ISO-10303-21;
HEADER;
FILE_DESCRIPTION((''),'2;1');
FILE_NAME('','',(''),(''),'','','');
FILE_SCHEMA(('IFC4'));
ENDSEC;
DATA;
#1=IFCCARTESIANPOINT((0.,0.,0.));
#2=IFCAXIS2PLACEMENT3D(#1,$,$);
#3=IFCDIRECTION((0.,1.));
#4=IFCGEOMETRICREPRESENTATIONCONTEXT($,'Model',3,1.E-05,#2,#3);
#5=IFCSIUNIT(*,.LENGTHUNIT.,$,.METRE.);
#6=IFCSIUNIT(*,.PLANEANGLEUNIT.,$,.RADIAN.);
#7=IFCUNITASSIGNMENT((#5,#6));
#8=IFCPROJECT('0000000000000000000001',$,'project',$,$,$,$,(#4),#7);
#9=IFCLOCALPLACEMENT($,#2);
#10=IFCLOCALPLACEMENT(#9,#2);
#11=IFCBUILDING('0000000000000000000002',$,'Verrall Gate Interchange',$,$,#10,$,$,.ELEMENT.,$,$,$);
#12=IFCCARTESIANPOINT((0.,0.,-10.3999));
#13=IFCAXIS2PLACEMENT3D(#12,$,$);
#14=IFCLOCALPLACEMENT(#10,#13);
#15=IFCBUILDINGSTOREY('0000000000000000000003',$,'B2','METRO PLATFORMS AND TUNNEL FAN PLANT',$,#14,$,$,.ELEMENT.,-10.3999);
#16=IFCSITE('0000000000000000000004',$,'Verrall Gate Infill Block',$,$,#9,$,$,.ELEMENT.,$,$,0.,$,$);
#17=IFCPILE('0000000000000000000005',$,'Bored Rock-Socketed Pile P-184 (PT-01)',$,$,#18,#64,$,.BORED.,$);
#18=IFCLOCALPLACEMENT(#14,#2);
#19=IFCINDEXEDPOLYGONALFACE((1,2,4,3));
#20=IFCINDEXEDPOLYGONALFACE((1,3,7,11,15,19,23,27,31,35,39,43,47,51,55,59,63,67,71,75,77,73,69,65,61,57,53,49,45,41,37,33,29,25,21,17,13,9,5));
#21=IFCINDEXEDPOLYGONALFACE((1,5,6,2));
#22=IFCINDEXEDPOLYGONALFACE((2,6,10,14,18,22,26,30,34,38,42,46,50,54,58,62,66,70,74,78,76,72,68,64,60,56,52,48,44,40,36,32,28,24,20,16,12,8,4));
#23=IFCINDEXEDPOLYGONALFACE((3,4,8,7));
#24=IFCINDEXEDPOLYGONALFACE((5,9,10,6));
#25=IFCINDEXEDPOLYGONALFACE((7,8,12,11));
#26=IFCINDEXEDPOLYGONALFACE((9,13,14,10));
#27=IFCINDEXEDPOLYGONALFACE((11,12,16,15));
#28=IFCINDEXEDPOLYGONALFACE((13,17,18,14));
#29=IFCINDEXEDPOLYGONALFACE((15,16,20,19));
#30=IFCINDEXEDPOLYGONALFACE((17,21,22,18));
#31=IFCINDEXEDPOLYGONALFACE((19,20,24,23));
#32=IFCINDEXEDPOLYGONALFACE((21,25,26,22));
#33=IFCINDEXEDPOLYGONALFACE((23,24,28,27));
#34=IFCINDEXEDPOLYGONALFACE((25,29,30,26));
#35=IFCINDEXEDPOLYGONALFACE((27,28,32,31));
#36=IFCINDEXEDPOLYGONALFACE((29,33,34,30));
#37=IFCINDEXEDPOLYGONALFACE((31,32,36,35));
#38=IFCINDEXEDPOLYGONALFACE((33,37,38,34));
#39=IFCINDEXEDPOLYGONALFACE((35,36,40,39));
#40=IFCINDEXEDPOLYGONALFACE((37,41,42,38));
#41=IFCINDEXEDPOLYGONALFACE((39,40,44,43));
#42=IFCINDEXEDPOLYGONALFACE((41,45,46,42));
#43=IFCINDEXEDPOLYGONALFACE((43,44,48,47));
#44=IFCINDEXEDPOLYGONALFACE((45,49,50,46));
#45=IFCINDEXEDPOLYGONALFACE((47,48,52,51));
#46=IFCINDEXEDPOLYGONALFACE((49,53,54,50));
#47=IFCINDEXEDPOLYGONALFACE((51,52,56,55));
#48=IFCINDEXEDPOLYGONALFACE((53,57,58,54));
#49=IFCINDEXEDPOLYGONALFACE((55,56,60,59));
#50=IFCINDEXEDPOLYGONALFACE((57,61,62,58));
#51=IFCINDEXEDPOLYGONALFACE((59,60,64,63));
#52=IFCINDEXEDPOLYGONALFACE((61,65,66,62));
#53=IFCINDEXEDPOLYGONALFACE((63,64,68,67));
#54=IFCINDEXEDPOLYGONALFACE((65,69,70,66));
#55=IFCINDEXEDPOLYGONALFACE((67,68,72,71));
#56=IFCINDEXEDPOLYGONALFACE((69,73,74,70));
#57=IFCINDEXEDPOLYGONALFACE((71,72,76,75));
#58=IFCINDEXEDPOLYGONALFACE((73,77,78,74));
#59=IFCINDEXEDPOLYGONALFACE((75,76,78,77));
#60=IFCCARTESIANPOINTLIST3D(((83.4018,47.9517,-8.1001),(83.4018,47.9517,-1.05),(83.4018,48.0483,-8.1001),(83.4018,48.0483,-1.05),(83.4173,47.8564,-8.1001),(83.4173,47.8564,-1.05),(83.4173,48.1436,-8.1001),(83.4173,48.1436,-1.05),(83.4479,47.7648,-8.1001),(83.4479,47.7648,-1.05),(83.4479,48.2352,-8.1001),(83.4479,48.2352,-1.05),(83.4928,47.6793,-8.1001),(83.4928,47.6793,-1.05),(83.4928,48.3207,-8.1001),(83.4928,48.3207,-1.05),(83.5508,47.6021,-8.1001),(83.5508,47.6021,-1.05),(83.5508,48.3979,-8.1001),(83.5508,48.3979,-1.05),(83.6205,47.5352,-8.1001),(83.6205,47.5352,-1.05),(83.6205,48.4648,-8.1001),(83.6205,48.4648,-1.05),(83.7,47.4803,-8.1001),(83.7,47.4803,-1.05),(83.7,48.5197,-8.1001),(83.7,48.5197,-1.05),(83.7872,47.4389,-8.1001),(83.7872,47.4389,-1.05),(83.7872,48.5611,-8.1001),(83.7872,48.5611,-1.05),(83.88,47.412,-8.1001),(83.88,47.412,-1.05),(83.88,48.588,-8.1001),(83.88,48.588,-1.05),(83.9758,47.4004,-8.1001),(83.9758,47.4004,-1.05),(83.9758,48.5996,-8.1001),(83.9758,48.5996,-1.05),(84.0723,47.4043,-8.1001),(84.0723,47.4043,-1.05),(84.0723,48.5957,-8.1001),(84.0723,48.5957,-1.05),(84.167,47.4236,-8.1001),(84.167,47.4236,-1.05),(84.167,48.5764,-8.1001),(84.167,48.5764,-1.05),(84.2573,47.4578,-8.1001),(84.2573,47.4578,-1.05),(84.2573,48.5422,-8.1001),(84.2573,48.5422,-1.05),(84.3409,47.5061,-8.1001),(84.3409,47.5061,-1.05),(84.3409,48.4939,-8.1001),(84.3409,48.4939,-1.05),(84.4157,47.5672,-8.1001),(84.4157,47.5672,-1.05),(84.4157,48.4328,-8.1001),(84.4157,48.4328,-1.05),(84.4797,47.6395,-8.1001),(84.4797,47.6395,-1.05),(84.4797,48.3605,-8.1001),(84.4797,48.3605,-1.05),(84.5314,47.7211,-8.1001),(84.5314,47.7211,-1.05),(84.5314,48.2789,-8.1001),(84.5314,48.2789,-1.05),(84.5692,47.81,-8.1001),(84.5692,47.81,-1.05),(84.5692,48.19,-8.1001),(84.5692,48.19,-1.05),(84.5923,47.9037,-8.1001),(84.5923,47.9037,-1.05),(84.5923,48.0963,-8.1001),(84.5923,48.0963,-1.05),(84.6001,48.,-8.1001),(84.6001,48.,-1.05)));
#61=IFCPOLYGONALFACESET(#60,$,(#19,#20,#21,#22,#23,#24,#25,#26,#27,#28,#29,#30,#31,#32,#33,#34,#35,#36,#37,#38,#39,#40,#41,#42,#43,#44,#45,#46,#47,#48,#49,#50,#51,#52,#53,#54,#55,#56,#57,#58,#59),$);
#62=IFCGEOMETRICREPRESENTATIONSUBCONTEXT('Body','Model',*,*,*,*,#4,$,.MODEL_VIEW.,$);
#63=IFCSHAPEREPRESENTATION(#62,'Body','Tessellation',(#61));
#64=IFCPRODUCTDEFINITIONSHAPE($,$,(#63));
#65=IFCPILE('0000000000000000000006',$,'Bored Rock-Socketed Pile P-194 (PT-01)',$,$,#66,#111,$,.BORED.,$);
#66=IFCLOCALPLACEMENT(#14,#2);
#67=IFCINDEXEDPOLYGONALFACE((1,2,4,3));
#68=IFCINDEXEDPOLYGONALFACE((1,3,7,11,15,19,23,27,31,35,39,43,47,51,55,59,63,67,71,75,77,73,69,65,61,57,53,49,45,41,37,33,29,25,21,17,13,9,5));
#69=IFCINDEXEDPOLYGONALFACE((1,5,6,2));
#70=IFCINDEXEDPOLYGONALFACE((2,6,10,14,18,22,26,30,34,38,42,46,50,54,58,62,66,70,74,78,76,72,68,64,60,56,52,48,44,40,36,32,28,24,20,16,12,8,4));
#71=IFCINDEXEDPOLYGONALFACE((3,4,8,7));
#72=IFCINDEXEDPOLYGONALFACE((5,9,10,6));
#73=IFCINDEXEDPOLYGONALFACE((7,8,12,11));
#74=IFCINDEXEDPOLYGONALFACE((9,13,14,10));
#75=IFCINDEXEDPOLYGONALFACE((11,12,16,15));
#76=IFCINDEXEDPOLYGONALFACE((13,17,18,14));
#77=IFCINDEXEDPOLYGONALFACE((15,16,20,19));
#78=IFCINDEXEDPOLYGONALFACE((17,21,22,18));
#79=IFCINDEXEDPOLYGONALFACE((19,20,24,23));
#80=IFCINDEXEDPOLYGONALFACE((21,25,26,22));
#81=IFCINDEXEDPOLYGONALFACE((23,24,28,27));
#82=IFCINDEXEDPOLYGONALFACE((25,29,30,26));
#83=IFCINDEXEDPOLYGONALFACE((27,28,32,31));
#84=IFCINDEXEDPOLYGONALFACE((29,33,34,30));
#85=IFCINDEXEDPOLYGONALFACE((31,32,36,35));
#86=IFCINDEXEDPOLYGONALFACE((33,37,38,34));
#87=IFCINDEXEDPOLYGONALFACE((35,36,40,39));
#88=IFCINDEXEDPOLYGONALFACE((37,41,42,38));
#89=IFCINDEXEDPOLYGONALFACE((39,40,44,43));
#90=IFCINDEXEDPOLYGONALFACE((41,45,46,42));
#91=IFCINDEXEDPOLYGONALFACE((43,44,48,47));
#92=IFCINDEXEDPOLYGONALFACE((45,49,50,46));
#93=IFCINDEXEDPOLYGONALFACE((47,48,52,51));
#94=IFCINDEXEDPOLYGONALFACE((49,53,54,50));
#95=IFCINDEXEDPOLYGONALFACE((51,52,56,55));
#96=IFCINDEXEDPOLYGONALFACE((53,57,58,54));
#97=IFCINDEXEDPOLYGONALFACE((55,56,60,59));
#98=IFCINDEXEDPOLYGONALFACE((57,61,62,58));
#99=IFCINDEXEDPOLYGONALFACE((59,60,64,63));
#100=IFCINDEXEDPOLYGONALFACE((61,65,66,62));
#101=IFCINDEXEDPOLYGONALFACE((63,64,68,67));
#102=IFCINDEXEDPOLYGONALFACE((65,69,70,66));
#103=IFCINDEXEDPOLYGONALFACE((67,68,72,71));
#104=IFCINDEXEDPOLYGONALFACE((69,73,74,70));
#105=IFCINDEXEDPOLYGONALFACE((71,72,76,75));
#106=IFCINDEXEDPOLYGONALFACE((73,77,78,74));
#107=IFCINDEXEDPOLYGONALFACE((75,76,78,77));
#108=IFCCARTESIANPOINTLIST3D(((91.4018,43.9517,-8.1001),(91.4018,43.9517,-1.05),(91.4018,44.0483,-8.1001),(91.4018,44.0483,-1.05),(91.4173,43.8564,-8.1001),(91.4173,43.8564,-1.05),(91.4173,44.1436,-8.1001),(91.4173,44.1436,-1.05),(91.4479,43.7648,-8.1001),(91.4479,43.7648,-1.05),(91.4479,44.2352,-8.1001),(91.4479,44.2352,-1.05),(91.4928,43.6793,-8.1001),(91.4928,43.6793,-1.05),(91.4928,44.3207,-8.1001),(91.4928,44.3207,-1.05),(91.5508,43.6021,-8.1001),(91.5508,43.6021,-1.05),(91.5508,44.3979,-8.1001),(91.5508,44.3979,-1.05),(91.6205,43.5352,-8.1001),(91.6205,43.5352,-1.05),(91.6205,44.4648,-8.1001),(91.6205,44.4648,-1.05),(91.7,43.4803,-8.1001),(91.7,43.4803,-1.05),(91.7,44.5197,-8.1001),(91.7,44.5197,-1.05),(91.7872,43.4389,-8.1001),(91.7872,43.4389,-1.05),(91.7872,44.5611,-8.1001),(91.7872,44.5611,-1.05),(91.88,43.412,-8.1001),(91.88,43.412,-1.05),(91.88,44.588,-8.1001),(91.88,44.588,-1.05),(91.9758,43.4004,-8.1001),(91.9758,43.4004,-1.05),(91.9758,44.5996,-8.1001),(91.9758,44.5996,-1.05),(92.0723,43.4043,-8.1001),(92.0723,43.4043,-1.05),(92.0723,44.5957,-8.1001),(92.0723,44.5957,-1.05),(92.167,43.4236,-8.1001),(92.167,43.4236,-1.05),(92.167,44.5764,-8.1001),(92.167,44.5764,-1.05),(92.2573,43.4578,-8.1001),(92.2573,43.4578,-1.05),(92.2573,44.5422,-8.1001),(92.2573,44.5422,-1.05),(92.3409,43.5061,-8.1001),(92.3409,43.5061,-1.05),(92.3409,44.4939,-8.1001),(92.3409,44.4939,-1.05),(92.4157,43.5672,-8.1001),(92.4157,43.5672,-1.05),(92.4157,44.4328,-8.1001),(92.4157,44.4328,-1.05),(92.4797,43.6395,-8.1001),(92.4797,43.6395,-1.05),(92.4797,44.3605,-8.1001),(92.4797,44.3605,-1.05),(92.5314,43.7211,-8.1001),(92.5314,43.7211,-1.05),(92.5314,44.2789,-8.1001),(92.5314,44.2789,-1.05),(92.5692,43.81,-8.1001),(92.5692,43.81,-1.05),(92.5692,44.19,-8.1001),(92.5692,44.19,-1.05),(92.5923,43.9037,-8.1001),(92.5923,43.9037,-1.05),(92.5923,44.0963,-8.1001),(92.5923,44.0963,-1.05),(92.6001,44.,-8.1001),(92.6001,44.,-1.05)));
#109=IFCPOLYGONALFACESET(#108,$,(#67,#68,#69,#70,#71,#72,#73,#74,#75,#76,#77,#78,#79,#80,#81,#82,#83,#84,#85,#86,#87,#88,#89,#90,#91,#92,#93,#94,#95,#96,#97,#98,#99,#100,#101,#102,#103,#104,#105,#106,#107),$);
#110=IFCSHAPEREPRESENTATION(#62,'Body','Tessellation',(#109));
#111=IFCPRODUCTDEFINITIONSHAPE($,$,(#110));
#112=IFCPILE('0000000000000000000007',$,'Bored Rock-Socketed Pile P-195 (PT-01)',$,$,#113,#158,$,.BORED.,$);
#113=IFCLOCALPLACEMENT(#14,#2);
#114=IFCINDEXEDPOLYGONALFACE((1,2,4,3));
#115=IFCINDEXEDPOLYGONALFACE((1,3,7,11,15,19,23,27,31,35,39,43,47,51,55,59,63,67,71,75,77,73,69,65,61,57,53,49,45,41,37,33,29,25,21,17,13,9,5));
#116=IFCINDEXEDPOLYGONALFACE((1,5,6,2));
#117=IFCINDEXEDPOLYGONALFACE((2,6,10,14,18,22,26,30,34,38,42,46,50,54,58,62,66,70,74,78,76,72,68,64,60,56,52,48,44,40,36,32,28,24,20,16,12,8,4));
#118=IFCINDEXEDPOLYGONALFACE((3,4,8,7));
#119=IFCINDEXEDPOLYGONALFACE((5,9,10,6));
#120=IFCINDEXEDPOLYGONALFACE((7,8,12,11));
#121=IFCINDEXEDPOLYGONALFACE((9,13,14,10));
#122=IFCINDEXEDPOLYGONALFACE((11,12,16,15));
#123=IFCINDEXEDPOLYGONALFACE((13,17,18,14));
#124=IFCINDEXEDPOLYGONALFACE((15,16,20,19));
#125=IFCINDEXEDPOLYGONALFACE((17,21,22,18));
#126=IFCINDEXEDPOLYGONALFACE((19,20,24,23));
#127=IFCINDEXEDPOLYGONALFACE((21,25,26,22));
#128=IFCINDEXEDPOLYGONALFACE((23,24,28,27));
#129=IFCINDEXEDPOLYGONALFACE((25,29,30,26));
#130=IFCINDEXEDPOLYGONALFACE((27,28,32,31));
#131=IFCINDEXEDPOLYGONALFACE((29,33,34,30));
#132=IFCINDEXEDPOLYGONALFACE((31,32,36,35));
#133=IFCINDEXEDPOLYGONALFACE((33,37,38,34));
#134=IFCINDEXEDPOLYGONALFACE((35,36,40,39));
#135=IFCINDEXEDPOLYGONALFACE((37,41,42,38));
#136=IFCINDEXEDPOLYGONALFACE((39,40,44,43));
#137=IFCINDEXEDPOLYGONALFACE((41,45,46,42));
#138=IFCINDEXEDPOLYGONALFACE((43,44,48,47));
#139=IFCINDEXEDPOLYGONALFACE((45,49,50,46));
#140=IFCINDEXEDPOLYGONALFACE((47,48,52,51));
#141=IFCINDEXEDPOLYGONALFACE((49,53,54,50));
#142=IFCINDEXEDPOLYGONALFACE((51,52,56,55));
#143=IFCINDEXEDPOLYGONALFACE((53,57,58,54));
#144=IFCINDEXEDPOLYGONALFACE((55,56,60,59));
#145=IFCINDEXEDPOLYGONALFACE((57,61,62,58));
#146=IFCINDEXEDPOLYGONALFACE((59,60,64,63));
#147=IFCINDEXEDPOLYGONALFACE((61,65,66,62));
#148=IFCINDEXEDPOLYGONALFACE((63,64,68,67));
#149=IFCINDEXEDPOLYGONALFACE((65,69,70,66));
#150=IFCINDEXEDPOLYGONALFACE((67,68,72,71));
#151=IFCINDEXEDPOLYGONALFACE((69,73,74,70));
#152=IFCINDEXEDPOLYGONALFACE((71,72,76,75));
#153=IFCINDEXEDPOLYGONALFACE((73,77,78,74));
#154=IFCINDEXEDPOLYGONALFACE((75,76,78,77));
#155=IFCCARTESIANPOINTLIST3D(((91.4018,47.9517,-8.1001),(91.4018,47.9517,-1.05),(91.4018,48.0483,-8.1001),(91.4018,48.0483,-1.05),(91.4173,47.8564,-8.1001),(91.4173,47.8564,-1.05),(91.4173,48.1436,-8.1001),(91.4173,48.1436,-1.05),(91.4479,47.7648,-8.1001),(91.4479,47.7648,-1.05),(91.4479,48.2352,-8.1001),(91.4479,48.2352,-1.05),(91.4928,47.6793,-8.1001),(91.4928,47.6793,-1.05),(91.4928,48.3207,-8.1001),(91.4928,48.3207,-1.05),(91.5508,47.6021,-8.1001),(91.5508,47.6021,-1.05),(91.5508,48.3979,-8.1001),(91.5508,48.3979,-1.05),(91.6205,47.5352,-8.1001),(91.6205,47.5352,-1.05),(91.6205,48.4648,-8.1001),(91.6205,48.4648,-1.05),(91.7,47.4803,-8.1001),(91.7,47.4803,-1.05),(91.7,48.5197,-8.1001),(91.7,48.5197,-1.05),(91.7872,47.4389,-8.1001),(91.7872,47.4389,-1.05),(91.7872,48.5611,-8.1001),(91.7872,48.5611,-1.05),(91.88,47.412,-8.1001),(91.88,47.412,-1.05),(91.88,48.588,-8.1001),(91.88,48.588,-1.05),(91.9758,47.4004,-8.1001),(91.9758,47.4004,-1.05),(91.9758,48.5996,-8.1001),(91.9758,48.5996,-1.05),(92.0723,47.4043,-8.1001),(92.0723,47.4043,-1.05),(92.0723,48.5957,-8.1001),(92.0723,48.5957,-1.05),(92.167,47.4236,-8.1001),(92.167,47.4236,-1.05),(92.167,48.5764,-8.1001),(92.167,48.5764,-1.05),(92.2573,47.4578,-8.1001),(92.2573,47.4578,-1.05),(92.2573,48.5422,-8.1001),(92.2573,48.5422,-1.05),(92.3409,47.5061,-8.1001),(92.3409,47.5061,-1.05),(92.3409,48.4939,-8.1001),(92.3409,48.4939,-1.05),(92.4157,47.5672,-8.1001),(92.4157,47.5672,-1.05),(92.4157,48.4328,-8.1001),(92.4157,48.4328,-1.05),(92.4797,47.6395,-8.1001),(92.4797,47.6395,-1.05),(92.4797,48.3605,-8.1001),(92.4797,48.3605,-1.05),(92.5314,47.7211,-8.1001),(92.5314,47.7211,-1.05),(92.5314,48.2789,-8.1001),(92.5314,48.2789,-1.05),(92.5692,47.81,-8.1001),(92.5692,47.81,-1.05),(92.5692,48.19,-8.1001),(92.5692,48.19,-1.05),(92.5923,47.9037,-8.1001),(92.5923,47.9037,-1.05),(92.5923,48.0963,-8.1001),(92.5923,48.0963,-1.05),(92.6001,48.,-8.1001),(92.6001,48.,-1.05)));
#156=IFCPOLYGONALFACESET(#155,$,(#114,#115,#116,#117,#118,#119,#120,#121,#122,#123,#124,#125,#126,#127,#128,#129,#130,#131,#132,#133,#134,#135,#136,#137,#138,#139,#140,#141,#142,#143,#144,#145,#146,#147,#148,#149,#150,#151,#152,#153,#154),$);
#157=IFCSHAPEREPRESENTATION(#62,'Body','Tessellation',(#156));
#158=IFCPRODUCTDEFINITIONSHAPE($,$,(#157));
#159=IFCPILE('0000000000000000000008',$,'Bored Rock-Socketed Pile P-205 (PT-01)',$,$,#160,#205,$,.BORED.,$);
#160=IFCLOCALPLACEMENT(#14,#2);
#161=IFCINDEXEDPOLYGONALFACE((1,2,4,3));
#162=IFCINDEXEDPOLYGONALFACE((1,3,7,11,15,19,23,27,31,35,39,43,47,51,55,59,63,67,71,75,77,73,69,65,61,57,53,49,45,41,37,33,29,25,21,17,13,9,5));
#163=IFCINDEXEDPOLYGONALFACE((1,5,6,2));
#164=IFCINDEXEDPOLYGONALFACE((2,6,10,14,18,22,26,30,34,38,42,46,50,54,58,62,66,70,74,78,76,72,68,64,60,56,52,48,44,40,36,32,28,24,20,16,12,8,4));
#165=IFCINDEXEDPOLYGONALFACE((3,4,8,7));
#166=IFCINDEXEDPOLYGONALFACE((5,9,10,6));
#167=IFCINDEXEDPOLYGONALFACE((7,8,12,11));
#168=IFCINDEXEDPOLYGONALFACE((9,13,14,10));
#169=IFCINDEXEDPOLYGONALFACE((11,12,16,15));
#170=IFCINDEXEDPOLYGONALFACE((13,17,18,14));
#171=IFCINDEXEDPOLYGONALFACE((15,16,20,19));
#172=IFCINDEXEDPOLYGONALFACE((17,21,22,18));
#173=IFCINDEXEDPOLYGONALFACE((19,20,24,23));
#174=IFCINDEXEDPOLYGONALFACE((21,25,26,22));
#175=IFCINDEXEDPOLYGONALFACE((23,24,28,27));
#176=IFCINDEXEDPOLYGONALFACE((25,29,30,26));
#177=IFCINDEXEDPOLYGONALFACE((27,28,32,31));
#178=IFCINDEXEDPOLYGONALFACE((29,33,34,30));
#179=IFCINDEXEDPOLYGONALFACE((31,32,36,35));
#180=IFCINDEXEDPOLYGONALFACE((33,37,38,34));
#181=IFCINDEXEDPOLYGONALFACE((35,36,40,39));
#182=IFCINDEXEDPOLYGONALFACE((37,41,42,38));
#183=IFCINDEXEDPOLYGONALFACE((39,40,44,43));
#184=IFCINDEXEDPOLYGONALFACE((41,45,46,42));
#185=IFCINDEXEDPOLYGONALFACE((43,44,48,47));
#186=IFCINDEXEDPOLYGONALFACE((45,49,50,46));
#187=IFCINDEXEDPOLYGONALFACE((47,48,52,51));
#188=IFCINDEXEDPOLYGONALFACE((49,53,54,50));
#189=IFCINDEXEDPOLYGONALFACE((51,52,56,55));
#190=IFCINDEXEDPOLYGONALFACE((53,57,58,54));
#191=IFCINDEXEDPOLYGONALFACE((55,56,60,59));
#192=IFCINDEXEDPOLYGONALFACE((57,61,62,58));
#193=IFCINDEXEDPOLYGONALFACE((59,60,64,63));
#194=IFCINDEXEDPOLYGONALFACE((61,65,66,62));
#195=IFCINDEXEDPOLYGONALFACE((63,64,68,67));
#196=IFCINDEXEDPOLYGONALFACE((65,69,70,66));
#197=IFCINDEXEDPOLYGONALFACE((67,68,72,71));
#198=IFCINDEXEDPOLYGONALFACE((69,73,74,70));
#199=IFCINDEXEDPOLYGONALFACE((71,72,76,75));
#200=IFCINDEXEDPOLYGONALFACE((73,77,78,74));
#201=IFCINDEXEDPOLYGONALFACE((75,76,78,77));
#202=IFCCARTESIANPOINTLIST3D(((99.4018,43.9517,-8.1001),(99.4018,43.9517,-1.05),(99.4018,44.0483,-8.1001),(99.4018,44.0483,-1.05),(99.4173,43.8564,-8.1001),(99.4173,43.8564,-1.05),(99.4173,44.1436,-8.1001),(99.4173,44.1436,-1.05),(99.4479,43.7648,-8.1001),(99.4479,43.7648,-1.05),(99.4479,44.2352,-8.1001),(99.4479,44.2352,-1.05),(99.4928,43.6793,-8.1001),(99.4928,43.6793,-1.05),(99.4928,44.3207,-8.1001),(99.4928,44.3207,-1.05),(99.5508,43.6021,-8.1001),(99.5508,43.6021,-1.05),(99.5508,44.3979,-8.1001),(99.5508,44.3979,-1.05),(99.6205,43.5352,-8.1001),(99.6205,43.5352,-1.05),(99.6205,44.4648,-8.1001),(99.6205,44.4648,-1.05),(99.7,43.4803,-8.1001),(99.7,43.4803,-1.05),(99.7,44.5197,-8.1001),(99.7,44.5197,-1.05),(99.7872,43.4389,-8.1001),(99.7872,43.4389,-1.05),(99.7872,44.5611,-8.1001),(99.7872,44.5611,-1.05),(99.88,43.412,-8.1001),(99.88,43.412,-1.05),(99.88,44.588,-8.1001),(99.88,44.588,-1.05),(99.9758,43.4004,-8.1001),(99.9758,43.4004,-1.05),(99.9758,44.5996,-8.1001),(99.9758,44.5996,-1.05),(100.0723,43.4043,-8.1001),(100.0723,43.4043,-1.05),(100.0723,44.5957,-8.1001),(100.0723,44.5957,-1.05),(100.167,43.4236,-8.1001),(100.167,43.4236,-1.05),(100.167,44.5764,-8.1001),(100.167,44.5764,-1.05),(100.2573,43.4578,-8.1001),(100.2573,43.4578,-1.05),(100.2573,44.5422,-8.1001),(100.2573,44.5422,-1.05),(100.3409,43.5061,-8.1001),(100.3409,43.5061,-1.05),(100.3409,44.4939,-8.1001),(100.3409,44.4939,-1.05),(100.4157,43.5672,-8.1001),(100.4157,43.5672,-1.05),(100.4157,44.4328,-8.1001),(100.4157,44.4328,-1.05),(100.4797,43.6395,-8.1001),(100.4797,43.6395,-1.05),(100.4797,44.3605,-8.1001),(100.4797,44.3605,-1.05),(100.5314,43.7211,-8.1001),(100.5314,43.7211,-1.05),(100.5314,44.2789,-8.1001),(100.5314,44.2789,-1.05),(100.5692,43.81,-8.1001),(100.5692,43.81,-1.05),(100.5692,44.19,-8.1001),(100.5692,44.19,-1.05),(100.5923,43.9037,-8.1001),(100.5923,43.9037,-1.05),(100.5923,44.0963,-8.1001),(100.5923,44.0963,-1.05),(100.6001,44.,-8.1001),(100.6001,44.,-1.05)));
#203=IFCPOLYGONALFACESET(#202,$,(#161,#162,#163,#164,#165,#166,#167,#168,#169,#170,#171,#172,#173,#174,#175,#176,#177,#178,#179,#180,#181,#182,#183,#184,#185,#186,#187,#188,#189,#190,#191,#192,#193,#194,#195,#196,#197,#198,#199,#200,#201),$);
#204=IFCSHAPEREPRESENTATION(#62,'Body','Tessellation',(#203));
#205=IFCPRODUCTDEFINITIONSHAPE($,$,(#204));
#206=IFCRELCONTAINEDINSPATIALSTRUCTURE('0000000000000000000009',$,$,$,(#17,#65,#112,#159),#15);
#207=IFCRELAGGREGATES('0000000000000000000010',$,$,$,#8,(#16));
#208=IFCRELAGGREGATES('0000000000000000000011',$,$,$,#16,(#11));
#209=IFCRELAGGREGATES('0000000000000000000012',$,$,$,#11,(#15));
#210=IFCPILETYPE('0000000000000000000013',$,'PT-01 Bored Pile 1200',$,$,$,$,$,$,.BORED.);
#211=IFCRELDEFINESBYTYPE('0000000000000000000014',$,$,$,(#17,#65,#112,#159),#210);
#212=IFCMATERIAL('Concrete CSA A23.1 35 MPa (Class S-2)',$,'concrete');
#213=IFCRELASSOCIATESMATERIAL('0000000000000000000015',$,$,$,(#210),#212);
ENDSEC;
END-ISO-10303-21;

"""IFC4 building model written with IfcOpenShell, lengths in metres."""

from ifc_helpers import new_model, si_unit, direction, frame, origin, origin_2d, place, context, subcontext, project, spatial, circle, extrude, material, material_profile, profile_set, type_object, element, save


model = new_model("IFC4")

# Units and contexts
model_context = context("Model", 3, precision=1e-05, world=origin(), true_north=direction((0.0, 1.0)))
body_context = subcontext(model_context, "Body", "Model", "MODEL_VIEW")
ifc_project = project(units=[si_unit("LENGTHUNIT", "METRE"), si_unit("PLANEANGLEUNIT", "RADIAN")], contexts=[model_context])

# Site, building, storey
site_placement = place(None, origin())
site = spatial("IfcSite", under=ifc_project, at=site_placement, Name="Verrall Gate Infill Block", CompositionType="ELEMENT", RefElevation=0.0)
building_placement = place(site_placement, origin())
building = spatial("IfcBuilding", under=site, at=building_placement, Name="Verrall Gate Interchange", CompositionType="ELEMENT")
storey_placement = place(building_placement, frame((0.0, 0.0, -10.3999)))
storey = spatial("IfcBuildingStorey", under=building, at=storey_placement, Name="B2", Description="METRO PLATFORMS AND TUNNEL FAN PLANT", CompositionType="ELEMENT", Elevation=-10.3999)

# Piles
ifc_material_1 = material(Name="Concrete CSA A23.1 35 MPa (Class S-2)", Category="concrete")
ifc_material_profile_1 = material_profile(ifc_material_1, circle(Radius=0.6001, at=origin_2d()), Name="PILE1200D")
ifc_profile_set_1 = profile_set([ifc_material_profile_1], Name="Concrete CSA A23.1 35 MPa (Class S-2)")
pile_type_1 = type_object("IfcPileType", Name="PT-01 Bored Pile 1200", PredefinedType="BORED", material=ifc_profile_set_1)
for number, where, z_axis, x_axis, name in (
    (1, (84.0, 48.0, -1.05), (0.0, 0.0, -1.0), (1.0, 0.0, 0.0), "Bored Rock-Socketed Pile P-184 (PT-01)"),
    (2, (92.0, 44.0, -1.05), (0.0, 0.0, -1.0), (1.0, 0.0, 0.0), "Bored Rock-Socketed Pile P-194 (PT-01)"),
    (3, (92.0, 48.0, -1.05), (0.0, 0.0, -1.0), (1.0, 0.0, 0.0), "Bored Rock-Socketed Pile P-195 (PT-01)"),
    (4, (100.0, 44.0, -1.05), (0.0, 0.0, -1.0), (1.0, 0.0, 0.0), "Bored Rock-Socketed Pile P-205 (PT-01)"),
):
    element("IfcPile", number, at=place(storey_placement, frame(where, z_axis=z_axis, x_axis=x_axis)), inside=storey, type_object=pile_type_1, Name=name, PredefinedType="BORED", context=body_context, shape_type="SweptSolid", body=[
        extrude(circle(Radius=0.6001, at=origin_2d()), origin(), (0.0, 0.0, 1.0), 7.05),
    ])

save(model, "model.ifc")
